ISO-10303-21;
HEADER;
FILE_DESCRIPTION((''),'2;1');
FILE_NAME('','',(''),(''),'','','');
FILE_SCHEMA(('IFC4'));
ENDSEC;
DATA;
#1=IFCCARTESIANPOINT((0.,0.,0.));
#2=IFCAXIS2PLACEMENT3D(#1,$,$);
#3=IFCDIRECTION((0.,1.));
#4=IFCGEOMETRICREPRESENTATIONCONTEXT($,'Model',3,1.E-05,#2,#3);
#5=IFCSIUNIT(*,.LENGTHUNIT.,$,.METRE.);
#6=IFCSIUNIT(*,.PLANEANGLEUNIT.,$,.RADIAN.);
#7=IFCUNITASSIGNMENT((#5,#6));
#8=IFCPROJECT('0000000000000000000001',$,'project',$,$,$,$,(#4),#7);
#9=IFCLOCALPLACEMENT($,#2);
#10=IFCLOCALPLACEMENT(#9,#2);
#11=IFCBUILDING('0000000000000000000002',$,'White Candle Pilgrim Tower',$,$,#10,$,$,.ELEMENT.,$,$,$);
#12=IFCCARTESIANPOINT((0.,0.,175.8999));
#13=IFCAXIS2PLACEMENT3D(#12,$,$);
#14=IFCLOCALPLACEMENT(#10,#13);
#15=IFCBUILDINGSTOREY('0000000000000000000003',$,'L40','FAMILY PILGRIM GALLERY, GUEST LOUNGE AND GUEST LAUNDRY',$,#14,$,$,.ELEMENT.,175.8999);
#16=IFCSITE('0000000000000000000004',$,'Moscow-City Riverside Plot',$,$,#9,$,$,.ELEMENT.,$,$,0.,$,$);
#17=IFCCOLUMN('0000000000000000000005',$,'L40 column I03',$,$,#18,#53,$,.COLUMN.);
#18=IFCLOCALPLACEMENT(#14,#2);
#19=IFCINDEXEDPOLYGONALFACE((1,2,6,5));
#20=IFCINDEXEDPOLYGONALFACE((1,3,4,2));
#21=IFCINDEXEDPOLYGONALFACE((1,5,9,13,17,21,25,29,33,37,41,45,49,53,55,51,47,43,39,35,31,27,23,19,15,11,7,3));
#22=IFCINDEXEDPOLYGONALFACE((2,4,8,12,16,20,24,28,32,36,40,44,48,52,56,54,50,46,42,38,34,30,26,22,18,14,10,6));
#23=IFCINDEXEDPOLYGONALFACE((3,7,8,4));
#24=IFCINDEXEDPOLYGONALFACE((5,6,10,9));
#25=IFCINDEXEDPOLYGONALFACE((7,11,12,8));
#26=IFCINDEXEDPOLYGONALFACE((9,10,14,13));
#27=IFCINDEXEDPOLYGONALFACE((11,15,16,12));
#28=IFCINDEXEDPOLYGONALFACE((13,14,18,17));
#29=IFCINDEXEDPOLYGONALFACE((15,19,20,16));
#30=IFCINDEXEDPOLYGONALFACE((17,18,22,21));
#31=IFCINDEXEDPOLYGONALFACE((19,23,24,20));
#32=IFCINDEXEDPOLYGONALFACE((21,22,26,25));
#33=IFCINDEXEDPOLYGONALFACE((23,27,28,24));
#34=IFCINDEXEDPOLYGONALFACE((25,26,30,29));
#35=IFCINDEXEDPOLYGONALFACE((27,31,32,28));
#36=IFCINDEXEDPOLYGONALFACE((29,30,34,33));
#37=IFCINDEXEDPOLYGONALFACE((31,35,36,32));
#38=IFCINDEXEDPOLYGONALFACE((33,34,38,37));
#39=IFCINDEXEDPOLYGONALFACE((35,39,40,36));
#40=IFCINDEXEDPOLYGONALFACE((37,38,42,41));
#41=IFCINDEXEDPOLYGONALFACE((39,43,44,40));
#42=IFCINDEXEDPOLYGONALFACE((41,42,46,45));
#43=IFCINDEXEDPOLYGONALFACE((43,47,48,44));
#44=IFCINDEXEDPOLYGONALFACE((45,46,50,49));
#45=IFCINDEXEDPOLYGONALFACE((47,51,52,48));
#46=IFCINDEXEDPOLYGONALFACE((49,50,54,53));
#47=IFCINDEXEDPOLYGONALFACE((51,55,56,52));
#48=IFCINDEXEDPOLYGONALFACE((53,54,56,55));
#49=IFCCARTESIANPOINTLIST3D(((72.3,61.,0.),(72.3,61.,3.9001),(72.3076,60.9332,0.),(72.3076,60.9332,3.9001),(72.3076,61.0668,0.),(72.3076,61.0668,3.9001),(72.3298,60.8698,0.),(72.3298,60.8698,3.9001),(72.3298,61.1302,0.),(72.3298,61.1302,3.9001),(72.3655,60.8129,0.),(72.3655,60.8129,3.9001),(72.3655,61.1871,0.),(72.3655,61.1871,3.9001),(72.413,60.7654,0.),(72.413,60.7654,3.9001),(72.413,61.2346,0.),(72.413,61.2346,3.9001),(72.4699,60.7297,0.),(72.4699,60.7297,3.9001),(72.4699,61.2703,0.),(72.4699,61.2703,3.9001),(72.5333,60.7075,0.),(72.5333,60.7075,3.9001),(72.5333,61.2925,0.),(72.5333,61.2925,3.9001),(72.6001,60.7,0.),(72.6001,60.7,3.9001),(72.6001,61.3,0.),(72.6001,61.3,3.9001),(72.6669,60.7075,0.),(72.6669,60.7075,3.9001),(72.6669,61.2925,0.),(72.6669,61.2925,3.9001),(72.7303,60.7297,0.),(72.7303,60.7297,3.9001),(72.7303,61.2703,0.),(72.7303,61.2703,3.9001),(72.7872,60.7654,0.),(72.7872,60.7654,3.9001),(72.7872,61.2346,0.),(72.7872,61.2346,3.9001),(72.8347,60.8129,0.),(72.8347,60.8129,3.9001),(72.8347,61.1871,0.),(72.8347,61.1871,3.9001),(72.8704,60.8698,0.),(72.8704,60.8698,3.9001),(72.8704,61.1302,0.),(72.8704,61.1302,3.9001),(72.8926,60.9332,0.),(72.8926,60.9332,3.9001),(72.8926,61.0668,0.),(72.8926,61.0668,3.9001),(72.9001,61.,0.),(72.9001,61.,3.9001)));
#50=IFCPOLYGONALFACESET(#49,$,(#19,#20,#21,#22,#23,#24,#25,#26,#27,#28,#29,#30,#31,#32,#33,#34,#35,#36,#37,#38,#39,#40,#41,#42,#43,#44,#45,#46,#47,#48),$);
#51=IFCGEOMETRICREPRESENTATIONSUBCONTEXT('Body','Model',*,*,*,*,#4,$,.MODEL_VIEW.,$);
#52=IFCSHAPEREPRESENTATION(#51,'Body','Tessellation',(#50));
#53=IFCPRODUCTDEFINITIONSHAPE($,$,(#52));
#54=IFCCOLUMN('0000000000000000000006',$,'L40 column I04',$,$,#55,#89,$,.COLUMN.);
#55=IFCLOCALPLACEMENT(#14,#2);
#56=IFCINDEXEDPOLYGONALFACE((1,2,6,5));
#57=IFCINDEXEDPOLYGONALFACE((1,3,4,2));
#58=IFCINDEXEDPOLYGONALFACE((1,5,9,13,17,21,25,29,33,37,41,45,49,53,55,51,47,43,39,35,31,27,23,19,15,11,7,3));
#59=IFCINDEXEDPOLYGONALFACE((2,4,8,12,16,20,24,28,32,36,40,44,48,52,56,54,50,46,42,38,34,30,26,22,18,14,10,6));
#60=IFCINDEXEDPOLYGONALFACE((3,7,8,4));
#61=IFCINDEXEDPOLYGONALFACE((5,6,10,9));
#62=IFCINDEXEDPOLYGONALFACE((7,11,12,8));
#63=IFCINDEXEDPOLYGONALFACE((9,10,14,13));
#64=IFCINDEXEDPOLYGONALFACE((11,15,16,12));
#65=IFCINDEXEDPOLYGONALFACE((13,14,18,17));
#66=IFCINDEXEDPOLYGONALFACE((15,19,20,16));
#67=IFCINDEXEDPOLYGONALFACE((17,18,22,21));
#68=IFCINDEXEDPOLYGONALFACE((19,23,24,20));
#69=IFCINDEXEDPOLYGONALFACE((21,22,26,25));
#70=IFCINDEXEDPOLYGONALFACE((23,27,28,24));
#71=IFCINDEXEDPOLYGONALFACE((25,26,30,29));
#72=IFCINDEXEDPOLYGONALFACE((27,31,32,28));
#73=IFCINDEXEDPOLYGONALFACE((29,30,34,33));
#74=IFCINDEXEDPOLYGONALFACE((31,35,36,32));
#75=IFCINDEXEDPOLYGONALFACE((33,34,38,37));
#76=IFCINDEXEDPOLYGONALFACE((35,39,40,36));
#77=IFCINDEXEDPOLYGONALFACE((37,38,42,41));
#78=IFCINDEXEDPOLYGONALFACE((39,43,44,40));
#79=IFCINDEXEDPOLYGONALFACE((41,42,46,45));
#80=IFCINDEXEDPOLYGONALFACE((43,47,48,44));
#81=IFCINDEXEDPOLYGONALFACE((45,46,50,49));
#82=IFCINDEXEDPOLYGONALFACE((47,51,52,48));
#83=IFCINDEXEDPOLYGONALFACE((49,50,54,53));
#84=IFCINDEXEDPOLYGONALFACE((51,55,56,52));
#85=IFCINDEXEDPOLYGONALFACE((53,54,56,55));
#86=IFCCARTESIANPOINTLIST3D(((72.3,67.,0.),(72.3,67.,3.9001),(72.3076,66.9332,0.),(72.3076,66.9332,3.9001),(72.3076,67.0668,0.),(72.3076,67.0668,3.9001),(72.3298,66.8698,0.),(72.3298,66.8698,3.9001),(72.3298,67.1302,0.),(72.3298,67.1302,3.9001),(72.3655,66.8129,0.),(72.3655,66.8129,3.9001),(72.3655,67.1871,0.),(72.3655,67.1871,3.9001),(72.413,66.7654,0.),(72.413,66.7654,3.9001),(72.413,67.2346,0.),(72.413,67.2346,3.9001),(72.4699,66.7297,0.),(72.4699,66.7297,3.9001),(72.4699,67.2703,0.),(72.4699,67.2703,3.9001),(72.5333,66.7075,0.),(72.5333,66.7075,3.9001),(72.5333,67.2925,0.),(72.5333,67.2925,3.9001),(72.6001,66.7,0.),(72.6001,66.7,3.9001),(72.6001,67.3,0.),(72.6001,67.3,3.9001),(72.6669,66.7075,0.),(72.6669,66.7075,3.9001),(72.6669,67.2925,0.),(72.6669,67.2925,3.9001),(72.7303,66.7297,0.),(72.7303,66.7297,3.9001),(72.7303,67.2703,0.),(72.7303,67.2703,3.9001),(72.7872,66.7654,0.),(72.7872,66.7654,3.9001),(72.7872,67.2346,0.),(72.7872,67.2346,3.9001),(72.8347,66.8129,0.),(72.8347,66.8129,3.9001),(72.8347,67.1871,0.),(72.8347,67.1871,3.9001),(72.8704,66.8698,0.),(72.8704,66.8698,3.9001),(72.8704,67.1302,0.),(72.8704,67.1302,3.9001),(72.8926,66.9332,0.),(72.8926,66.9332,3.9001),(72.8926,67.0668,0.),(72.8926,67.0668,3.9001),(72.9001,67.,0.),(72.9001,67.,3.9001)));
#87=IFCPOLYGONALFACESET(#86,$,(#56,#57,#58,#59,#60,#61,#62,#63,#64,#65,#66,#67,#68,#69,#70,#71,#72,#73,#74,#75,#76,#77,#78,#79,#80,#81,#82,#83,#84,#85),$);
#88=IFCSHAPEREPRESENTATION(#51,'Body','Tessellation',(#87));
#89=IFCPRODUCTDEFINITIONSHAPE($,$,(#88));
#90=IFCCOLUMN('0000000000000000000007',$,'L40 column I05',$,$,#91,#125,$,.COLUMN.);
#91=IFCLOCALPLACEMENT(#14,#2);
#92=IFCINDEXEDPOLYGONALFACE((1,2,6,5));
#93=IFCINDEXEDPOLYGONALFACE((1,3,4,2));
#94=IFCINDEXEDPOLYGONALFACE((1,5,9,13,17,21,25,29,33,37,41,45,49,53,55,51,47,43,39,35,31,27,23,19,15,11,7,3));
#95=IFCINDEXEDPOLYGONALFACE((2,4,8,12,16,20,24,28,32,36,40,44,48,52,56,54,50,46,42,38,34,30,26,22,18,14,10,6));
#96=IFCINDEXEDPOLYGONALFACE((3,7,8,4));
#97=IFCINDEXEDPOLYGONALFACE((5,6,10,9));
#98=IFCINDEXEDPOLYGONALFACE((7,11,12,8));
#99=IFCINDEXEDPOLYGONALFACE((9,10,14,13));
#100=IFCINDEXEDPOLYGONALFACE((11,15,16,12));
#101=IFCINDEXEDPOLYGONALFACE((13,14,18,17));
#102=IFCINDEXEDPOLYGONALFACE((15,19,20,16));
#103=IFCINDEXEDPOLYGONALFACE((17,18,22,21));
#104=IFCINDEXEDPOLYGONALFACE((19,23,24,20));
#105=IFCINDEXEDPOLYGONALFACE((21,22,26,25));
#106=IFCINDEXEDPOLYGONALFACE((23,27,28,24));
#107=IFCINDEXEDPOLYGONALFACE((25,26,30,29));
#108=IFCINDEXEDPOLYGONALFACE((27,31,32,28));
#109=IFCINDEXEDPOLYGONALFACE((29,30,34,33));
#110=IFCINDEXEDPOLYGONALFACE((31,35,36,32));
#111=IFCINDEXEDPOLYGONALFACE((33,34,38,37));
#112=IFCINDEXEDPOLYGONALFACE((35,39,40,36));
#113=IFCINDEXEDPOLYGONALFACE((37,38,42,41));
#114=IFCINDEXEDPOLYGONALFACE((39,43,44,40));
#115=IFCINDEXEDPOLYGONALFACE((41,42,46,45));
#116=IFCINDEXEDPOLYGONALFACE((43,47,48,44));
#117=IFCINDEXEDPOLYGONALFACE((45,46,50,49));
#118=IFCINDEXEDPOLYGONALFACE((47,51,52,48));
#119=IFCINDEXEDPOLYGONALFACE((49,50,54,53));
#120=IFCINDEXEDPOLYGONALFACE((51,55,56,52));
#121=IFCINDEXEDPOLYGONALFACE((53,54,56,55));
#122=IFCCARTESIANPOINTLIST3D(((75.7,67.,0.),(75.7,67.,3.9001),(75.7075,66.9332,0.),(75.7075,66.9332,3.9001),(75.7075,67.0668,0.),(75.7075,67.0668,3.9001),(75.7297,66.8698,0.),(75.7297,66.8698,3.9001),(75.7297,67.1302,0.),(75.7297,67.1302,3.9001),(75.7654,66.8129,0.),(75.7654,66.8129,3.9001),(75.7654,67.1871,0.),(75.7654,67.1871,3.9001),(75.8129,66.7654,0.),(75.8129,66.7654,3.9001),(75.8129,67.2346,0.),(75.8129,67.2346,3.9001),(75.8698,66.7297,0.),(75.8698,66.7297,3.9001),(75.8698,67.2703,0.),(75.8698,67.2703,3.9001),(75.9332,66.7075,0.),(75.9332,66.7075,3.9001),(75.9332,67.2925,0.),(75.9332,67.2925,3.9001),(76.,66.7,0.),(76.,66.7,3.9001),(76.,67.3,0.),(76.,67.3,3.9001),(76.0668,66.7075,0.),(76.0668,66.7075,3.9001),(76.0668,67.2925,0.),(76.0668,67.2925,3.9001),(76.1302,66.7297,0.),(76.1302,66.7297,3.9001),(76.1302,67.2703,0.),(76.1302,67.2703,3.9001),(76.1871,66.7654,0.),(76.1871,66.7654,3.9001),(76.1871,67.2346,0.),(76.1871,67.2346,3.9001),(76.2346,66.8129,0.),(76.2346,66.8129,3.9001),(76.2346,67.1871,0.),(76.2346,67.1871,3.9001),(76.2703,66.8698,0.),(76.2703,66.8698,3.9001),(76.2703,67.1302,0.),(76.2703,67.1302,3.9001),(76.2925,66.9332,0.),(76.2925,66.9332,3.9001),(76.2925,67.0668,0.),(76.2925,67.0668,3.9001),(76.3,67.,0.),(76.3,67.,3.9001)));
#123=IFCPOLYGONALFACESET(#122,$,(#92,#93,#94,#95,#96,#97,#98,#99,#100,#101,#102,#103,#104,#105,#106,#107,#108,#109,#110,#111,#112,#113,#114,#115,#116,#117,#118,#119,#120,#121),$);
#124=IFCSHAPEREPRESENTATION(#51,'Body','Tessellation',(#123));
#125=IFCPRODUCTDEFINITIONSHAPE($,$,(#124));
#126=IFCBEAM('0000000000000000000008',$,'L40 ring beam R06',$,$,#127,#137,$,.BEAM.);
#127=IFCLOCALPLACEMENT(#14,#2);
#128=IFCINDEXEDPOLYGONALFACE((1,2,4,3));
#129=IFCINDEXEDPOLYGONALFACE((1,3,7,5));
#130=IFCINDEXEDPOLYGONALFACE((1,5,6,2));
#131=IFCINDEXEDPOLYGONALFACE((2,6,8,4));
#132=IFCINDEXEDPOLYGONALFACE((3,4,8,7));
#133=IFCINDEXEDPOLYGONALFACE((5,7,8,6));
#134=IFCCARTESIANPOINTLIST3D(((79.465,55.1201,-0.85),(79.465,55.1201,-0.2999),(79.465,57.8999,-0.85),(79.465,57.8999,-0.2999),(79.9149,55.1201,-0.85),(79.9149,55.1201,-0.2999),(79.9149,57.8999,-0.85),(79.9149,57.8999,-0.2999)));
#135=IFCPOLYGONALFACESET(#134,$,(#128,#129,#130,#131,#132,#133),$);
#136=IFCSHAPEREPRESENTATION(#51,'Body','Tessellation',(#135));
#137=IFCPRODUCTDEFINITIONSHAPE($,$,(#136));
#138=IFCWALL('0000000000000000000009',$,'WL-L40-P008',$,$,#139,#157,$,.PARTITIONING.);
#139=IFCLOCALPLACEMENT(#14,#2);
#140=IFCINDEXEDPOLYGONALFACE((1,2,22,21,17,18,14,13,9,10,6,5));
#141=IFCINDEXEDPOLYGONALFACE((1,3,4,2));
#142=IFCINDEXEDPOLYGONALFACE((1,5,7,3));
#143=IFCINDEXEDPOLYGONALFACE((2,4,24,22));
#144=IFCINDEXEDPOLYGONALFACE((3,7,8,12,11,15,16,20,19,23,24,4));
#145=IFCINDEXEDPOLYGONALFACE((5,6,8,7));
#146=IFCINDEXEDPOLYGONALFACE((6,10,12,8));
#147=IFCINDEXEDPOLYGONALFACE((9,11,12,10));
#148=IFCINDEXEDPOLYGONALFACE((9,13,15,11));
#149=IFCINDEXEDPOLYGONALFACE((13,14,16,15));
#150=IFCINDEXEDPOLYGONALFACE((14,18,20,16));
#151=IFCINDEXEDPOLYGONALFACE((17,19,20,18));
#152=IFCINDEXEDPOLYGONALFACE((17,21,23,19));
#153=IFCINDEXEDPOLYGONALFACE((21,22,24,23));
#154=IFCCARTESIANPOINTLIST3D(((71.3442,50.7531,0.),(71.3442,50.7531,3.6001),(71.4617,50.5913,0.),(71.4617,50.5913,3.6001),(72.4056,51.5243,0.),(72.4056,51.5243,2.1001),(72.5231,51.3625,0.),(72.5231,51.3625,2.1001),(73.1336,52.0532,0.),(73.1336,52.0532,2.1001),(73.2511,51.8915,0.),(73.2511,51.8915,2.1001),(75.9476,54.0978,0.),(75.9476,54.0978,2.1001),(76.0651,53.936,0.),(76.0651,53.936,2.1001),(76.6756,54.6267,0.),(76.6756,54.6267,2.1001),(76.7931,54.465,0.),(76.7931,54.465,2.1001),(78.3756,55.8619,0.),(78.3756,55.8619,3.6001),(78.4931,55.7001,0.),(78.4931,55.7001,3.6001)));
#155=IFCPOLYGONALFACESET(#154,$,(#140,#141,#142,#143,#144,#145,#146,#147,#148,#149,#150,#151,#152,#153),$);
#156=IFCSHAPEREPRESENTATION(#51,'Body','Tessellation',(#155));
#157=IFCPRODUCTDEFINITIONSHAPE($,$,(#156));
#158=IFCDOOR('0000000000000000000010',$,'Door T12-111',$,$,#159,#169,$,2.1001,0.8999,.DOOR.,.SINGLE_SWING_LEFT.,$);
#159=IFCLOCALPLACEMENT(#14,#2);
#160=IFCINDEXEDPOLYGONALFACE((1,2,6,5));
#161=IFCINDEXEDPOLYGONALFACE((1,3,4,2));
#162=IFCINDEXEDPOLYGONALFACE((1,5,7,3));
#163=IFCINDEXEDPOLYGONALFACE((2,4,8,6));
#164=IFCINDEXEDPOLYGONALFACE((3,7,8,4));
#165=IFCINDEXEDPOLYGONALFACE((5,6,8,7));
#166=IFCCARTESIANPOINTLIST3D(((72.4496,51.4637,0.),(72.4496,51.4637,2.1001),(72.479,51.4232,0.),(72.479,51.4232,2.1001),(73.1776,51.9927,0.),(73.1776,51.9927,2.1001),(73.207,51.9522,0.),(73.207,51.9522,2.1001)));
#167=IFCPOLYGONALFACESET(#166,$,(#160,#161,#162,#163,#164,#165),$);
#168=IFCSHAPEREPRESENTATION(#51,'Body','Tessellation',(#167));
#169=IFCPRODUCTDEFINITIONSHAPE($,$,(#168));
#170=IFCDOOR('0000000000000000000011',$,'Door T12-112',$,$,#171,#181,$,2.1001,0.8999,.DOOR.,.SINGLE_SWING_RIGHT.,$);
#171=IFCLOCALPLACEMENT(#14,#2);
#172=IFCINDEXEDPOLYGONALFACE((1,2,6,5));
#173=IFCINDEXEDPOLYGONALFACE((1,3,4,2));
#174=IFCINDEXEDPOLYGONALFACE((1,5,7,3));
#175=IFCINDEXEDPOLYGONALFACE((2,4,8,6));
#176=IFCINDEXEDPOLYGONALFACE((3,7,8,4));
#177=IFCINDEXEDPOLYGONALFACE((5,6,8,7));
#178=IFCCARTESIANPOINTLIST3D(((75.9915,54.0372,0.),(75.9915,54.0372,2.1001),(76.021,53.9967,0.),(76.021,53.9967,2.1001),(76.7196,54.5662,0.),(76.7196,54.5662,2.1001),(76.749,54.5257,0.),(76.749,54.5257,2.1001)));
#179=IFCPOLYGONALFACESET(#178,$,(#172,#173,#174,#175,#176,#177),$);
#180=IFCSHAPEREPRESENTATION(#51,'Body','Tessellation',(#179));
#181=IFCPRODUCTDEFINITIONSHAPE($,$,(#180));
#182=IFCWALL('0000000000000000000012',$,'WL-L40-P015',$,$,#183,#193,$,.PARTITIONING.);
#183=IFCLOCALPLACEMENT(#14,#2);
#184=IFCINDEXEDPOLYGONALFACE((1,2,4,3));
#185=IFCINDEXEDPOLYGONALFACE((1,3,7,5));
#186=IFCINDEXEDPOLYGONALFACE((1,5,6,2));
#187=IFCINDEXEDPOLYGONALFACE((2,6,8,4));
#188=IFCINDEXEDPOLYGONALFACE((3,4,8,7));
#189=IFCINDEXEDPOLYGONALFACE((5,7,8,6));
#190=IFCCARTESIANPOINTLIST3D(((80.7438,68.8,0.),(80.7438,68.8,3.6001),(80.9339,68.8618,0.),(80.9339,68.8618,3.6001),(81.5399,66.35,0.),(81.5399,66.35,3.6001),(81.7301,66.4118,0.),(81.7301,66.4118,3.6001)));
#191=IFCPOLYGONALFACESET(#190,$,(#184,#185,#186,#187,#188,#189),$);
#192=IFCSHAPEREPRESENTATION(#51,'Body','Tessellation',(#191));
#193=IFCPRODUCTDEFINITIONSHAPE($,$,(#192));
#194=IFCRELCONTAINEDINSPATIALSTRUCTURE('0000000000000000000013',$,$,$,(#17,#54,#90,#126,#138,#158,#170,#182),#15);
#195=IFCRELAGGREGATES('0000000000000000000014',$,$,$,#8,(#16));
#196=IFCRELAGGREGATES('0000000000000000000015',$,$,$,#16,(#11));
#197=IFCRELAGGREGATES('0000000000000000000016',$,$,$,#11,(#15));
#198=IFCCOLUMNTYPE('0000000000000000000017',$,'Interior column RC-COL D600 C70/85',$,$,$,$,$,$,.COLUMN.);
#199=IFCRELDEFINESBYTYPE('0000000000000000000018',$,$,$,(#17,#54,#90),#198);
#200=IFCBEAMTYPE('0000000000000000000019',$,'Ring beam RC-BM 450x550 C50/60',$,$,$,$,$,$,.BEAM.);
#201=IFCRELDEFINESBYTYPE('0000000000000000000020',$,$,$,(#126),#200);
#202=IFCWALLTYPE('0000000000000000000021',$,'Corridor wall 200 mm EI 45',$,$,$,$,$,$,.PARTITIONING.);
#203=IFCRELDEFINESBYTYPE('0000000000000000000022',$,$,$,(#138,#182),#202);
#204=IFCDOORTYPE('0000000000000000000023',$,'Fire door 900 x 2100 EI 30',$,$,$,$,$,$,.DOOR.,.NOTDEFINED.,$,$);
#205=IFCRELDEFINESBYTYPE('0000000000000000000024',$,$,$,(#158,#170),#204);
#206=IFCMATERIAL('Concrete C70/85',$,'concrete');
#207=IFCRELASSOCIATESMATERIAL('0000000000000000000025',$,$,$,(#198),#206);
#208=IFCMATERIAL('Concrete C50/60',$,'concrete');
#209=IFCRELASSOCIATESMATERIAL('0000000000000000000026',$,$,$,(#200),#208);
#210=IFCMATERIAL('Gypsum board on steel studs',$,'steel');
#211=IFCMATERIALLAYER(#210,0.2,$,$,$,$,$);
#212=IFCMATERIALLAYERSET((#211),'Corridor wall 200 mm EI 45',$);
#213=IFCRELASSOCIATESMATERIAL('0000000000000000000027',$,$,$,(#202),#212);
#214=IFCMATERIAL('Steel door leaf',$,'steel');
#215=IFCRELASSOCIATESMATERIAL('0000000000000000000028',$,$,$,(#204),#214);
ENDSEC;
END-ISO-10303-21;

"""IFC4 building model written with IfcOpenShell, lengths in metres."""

from ifc_helpers import new_model, si_unit, direction, frame, frame_2d, origin, origin_2d, place, context, subcontext, project, spatial, rectangle, circle, extrude, material, layer, layer_set, material_profile, profile_set, type_object, element, fill, save


model = new_model("IFC4")

# Units and contexts
model_context = context("Model", 3, precision=1e-05, world=origin(), true_north=direction((0.0, 1.0)))
body_context = subcontext(model_context, "Body", "Model", "MODEL_VIEW")
ifc_project = project(units=[si_unit("LENGTHUNIT", "METRE"), si_unit("PLANEANGLEUNIT", "RADIAN")], contexts=[model_context])

# Site, building, storey
site_placement = place(None, origin())
site = spatial("IfcSite", under=ifc_project, at=site_placement, Name="Moscow-City Riverside Plot", CompositionType="ELEMENT", RefElevation=0.0)
building_placement = place(site_placement, origin())
building = spatial("IfcBuilding", under=site, at=building_placement, Name="White Candle Pilgrim Tower", CompositionType="ELEMENT")
storey_placement = place(building_placement, frame((0.0, 0.0, 175.8999)))
storey = spatial("IfcBuildingStorey", under=building, at=storey_placement, Name="L40", Description="FAMILY PILGRIM GALLERY, GUEST LOUNGE AND GUEST LAUNDRY", CompositionType="ELEMENT", Elevation=175.8999)

# Columns
ifc_material_1 = material(Name="Concrete C70/85", Category="concrete")
ifc_material_profile_1 = material_profile(ifc_material_1, circle(Radius=0.3, at=origin_2d()), Name="RC-COL D600")
ifc_profile_set_1 = profile_set([ifc_material_profile_1], Name="Concrete C70/85")
column_type = type_object("IfcColumnType", Name="Interior column RC-COL D600 C70/85", PredefinedType="COLUMN", material=ifc_profile_set_1)
for number, where, z_axis, x_axis, name in (
    (1, (72.6001, 61.0, 0.0), (0.0, 0.0, 1.0), (1.0, 0.0, 0.0), "L40 column I03"),
    (2, (72.6001, 67.0, 0.0), (0.0, 0.0, 1.0), (1.0, 0.0, 0.0), "L40 column I04"),
    (3, (76.0, 67.0, 0.0), (0.0, 0.0, 1.0), (1.0, 0.0, 0.0), "L40 column I05"),
):
    element("IfcColumn", number, at=place(storey_placement, frame(where, z_axis=z_axis, x_axis=x_axis)), inside=storey, type_object=column_type, Name=name, PredefinedType="COLUMN", context=body_context, shape_type="SweptSolid", body=[
        extrude(circle(Radius=0.3, at=origin_2d()), origin(), (0.0, 0.0, 1.0), 3.9001),
    ])

# Beam
ifc_material_2 = material(Name="Concrete C50/60", Category="concrete")
ifc_material_profile_2 = material_profile(ifc_material_2, rectangle(XDim=0.45, YDim=0.55, at=origin_2d()), Name="RC-BM 450x550")
ifc_profile_set_2 = profile_set([ifc_material_profile_2], Name="Concrete C50/60")
beam_type = type_object("IfcBeamType", Name="Ring beam RC-BM 450x550 C50/60", PredefinedType="BEAM", material=ifc_profile_set_2)
beam_placement = place(storey_placement, frame((79.6899, 55.1201, -0.575), z_axis=(0.0, 1.0, 0.0), x_axis=(-1.0, 0.0, 0.0)))
element("IfcBeam", 4, at=beam_placement, inside=storey, type_object=beam_type, Name="L40 ring beam R06", PredefinedType="BEAM", context=body_context, shape_type="SweptSolid", body=[
    extrude(rectangle(XDim=0.45, YDim=0.55, at=origin_2d()), origin(), (0.0, 0.0, 1.0), 2.7798),
])

# Wall, openings, doors
ifc_material_3 = material(Name="Gypsum board on steel studs", Category="steel")
ifc_layer_1 = layer(ifc_material_3, 0.2)
ifc_layer_set_1 = layer_set([ifc_layer_1], Name="Corridor wall 200 mm EI 45")
wall_type_1 = type_object("IfcWallType", Name="Corridor wall 200 mm EI 45", PredefinedType="PARTITIONING", material=ifc_layer_set_1)
wall_1_placement = place(storey_placement, frame((78.4343, 55.781, 0.0), z_axis=(0.0, 0.0, 1.0), x_axis=(-0.809006, -0.587801, 0.0)))
wall_1 = element("IfcWall", 5, at=wall_1_placement, inside=storey, type_object=wall_type_1, Name="WL-L40-P008", PredefinedType="PARTITIONING", context=body_context, shape_type="SweptSolid", body=[
    extrude(rectangle(XDim=8.6914, YDim=0.2, at=frame_2d((4.3457, 0.0))), origin(), (0.0, 0.0, 1.0), 3.6001),
])
opening_1_placement = place(wall_1_placement, frame((6.4795, 0.0, 0.0)))
opening_1 = element("IfcOpeningElement", 6, at=opening_1_placement, cuts=wall_1, PredefinedType="OPENING", context=body_context, shape_type="SweptSolid", body=[
    extrude(rectangle(XDim=0.8999, YDim=2.1001, at=frame_2d((0.45, 1.05))), frame((0.0, 0.1099, 0.0), z_axis=(0.0, -1.0, 0.0), x_axis=(1.0, 0.0, 0.0)), (0.0, 0.0, 1.0), 0.22),
])
opening_2_placement = place(wall_1_placement, frame((2.1013, 0.0, 0.0)))
opening_2 = element("IfcOpeningElement", 7, at=opening_2_placement, cuts=wall_1, PredefinedType="OPENING", context=body_context, shape_type="SweptSolid", body=[
    extrude(rectangle(XDim=0.8999, YDim=2.1001, at=frame_2d((0.45, 1.05))), frame((0.0, 0.1099, 0.0), z_axis=(0.0, -1.0, 0.0), x_axis=(1.0, 0.0, 0.0)), (0.0, 0.0, 1.0), 0.22),
])
ifc_material_4 = material(Name="Steel door leaf", Category="steel")
door_type_1 = type_object("IfcDoorType", Name="Fire door 900 x 2100 EI 30", OperationType="NOTDEFINED", PredefinedType="DOOR", material=ifc_material_4)
door_1_placement = place(opening_1_placement, origin())
door_1 = element("IfcDoor", 8, at=door_1_placement, inside=storey, type_object=door_type_1, Name="Door T12-111", OperationType="SINGLE_SWING_LEFT", OverallHeight=2.1001, OverallWidth=0.8999, PredefinedType="DOOR", context=body_context, shape_type="SweptSolid", body=[
    extrude(rectangle(XDim=0.8999, YDim=2.1001, at=frame_2d((0.45, 1.05))), frame((0.0, 0.0249, 0.0), z_axis=(0.0, -1.0, 0.0), x_axis=(1.0, 0.0, 0.0)), (0.0, 0.0, 1.0), 0.05),
])
fill(opening_1, door_1)
door_2_placement = place(opening_2_placement, origin())
door_2 = element("IfcDoor", 9, at=door_2_placement, inside=storey, type_object=door_type_1, Name="Door T12-112", OperationType="SINGLE_SWING_RIGHT", OverallHeight=2.1001, OverallWidth=0.8999, PredefinedType="DOOR", context=body_context, shape_type="SweptSolid", body=[
    extrude(rectangle(XDim=0.8999, YDim=2.1001, at=frame_2d((0.45, 1.05))), frame((0.0, 0.0249, 0.0), z_axis=(0.0, -1.0, 0.0), x_axis=(1.0, 0.0, 0.0)), (0.0, 0.0, 1.0), 0.05),
])
fill(opening_2, door_2)

# Wall
wall_2_placement = place(storey_placement, frame((81.635, 66.3809, 0.0), z_axis=(0.0, 0.0, 1.0), x_axis=(-0.309054, 0.951045, 0.0)))
element("IfcWall", 10, at=wall_2_placement, inside=storey, type_object=wall_type_1, Name="WL-L40-P015", PredefinedType="PARTITIONING", context=body_context, shape_type="SweptSolid", body=[
    extrude(rectangle(XDim=2.5762, YDim=0.2, at=frame_2d((1.2881, 0.0))), origin(), (0.0, 0.0, 1.0), 3.6001),
])

save(model, "model.ifc")
